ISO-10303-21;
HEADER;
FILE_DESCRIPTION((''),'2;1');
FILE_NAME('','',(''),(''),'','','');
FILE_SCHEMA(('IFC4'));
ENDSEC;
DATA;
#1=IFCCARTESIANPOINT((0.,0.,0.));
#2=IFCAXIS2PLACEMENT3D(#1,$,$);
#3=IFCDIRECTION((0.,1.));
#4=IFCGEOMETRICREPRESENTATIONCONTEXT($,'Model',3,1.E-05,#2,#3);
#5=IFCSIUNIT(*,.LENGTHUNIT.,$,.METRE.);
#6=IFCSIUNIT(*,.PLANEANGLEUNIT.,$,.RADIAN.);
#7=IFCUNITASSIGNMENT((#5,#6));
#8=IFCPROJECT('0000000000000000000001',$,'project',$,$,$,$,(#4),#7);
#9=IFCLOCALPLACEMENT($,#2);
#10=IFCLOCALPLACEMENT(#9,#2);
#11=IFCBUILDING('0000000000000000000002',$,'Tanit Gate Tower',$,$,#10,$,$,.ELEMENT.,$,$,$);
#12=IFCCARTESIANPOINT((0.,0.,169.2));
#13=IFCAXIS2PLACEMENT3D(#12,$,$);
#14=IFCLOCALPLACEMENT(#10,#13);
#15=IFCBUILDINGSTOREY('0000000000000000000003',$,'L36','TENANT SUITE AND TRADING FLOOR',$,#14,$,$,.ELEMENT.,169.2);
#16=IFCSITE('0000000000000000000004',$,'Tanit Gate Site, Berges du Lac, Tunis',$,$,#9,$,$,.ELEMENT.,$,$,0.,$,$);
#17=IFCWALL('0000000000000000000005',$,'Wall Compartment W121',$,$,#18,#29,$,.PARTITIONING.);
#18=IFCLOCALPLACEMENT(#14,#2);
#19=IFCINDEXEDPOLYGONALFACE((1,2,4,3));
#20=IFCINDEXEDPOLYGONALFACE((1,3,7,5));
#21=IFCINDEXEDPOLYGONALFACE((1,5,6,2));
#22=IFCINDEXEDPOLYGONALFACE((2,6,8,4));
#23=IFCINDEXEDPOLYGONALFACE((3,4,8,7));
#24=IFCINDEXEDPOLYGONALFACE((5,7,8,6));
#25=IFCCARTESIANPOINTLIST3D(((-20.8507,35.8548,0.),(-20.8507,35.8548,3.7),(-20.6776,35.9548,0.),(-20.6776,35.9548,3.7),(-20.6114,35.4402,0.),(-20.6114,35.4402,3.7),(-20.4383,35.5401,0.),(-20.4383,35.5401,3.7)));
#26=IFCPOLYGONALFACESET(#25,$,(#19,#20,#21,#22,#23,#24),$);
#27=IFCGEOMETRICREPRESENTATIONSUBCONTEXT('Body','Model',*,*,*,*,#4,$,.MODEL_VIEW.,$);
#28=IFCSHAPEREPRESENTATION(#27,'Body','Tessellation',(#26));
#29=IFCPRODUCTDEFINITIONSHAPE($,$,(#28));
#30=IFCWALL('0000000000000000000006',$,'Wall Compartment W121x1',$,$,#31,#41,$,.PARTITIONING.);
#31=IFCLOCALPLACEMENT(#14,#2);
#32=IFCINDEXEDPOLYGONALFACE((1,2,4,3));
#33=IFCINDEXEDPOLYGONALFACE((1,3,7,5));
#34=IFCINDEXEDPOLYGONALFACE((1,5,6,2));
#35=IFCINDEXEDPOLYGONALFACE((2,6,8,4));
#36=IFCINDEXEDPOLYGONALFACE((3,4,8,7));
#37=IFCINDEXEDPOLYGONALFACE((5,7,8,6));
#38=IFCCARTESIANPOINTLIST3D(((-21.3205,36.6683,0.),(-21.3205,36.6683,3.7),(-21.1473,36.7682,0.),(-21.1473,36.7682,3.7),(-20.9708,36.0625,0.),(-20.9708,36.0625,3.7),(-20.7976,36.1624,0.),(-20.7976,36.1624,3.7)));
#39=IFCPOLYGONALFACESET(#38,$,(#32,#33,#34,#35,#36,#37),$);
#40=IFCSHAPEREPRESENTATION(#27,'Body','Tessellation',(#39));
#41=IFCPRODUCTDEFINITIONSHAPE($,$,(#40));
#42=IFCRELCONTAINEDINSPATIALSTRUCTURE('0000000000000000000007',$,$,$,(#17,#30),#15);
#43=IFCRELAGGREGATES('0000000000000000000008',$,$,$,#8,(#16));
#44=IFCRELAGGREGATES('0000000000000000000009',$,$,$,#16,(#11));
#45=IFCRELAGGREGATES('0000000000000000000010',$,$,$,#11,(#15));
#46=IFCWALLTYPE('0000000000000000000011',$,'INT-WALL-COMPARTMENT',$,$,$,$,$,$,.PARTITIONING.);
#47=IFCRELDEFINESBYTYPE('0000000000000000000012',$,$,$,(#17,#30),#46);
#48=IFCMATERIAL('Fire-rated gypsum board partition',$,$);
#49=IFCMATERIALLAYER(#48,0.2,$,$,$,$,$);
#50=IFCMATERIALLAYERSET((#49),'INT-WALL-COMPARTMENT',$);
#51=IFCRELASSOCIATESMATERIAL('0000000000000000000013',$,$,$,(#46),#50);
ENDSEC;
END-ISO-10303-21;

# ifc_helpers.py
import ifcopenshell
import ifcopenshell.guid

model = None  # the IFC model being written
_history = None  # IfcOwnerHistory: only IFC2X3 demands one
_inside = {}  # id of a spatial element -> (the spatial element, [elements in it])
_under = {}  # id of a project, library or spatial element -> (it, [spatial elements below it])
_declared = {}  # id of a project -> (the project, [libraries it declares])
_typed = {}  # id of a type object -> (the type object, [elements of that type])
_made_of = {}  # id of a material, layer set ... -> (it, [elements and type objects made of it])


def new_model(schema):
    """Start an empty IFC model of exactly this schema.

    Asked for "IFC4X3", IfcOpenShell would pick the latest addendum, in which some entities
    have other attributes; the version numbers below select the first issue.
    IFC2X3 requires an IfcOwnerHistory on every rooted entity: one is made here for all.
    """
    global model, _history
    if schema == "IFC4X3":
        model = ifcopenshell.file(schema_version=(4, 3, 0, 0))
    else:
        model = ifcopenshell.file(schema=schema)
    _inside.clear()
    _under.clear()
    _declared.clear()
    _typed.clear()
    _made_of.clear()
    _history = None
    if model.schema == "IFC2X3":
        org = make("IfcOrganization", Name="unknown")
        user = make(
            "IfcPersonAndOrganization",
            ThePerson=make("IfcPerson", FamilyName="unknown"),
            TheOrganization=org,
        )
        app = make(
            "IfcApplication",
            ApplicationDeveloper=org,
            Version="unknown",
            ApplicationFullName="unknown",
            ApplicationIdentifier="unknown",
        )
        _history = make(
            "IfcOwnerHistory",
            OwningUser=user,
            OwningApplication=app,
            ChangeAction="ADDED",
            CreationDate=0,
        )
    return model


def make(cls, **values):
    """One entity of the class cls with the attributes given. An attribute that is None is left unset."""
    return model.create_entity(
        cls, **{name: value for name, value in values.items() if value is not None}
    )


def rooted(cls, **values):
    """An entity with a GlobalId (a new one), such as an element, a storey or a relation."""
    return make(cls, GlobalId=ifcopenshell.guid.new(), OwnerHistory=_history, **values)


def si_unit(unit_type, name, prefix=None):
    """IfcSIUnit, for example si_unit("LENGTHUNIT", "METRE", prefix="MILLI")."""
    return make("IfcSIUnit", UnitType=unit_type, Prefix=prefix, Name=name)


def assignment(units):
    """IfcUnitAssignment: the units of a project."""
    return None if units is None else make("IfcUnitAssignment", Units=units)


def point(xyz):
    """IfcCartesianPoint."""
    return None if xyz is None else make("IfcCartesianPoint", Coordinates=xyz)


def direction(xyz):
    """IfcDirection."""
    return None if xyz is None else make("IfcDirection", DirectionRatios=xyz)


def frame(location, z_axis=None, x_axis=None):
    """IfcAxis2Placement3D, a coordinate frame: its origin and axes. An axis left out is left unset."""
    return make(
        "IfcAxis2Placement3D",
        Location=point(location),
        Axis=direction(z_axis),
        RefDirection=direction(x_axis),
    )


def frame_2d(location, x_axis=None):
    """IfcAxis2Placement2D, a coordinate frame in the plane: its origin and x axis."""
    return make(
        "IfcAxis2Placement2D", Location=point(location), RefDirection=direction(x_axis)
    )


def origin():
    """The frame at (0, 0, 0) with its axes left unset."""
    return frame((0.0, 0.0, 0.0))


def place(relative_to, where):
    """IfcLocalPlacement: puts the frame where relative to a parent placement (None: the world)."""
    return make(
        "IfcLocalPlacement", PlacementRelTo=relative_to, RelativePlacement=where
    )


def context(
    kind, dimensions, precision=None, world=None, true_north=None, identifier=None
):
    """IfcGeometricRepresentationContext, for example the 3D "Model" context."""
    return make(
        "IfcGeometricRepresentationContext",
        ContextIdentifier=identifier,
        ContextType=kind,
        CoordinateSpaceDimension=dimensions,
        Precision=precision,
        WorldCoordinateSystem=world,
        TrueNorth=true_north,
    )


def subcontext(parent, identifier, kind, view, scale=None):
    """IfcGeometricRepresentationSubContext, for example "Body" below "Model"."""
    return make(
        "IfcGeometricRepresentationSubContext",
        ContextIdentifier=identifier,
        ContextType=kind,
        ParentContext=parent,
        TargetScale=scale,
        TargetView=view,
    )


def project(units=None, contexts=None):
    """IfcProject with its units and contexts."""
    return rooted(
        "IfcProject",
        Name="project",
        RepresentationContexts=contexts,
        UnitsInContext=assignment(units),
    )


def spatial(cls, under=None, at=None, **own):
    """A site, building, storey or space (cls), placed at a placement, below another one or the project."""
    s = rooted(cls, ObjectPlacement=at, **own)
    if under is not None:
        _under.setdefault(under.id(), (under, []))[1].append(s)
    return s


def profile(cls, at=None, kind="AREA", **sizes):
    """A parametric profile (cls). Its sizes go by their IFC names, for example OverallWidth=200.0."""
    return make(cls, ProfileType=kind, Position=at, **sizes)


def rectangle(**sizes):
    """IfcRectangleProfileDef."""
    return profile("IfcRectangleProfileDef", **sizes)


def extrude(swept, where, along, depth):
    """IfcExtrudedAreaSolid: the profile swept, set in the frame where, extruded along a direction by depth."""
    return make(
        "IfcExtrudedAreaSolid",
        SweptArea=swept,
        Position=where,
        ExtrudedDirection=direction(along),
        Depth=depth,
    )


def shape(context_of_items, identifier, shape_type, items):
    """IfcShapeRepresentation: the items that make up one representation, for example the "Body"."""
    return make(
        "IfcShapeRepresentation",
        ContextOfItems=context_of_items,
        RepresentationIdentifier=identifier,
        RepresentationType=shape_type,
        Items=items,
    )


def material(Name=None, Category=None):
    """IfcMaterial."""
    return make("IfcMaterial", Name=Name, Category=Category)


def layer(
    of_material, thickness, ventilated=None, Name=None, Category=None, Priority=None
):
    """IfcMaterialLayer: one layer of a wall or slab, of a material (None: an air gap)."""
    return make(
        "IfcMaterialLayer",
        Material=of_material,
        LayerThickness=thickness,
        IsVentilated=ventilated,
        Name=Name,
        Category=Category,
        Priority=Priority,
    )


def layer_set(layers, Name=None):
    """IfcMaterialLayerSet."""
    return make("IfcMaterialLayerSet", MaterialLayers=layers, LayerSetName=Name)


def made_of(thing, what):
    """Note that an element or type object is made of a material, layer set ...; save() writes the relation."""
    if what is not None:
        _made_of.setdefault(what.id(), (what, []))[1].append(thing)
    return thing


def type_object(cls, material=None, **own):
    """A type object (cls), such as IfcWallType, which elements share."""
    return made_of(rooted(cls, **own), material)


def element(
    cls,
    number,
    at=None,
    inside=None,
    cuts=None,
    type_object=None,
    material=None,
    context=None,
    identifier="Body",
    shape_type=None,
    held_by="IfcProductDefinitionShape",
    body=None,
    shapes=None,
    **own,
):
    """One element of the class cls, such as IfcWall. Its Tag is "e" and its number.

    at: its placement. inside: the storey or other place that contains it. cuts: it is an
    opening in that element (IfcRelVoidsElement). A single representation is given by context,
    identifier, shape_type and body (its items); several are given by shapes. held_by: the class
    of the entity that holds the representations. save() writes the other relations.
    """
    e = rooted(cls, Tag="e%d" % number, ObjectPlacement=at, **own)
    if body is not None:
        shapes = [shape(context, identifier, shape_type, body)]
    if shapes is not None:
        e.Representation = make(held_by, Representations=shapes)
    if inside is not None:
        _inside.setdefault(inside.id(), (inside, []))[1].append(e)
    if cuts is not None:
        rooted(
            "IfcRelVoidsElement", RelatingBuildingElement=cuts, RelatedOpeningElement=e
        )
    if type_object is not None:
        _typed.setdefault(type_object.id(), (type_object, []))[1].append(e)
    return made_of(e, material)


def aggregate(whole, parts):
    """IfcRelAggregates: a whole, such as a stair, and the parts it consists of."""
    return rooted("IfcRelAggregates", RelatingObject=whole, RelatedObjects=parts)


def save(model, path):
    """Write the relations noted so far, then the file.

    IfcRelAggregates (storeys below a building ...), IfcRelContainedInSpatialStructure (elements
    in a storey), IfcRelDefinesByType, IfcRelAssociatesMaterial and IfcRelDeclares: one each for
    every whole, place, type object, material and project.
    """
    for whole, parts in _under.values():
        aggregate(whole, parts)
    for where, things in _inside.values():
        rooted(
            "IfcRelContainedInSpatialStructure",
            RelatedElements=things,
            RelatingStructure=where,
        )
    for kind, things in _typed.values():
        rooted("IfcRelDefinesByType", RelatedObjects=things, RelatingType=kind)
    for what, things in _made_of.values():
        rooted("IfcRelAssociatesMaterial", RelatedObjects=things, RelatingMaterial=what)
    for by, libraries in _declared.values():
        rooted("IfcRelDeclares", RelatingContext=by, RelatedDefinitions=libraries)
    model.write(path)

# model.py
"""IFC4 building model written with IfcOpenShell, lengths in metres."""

from ifc_helpers import new_model, si_unit, direction, frame, frame_2d, origin, place, context, subcontext, project, spatial, rectangle, extrude, material, layer, layer_set, type_object, element, save


model = new_model("IFC4")

# Units and contexts
model_context = context("Model", 3, precision=1e-05, world=origin(), true_north=direction((0.0, 1.0)))
body_context = subcontext(model_context, "Body", "Model", "MODEL_VIEW")
ifc_project = project(units=[si_unit("LENGTHUNIT", "METRE"), si_unit("PLANEANGLEUNIT", "RADIAN")], contexts=[model_context])

# Site, building, storey
site_placement = place(None, origin())
site = spatial("IfcSite", under=ifc_project, at=site_placement, Name="Tanit Gate Site, Berges du Lac, Tunis", CompositionType="ELEMENT", RefElevation=0.0)
building_placement = place(site_placement, origin())
building = spatial("IfcBuilding", under=site, at=building_placement, Name="Tanit Gate Tower", CompositionType="ELEMENT")
storey_placement = place(building_placement, frame((0.0, 0.0, 169.2)))
storey = spatial("IfcBuildingStorey", under=building, at=storey_placement, Name="L36", Description="TENANT SUITE AND TRADING FLOOR", CompositionType="ELEMENT", Elevation=169.2)

# Walls
ifc_material_1 = material(Name="Fire-rated gypsum board partition")
ifc_layer_1 = layer(ifc_material_1, 0.2)
ifc_layer_set_1 = layer_set([ifc_layer_1], Name="INT-WALL-COMPARTMENT")
wall_type_1 = type_object("IfcWallType", Name="INT-WALL-COMPARTMENT", PredefinedType="PARTITIONING", material=ifc_layer_set_1)
wall_1_placement = place(storey_placement, frame((-20.5249, 35.4902, 0.0), z_axis=(0.0, 0.0, 1.0), x_axis=(-0.49987, 0.866101, 0.0)))
element("IfcWall", 1, at=wall_1_placement, inside=storey, type_object=wall_type_1, Name="Wall Compartment W121", PredefinedType="PARTITIONING", context=body_context, shape_type="SweptSolid", body=[
    extrude(rectangle(XDim=0.4788, YDim=0.2, at=frame_2d((0.2393, 0.0))), origin(), (0.0, 0.0, 1.0), 3.7),
])
wall_2_placement = place(storey_placement, frame((-20.8843, 36.1125, 0.0), z_axis=(0.0, 0.0, 1.0), x_axis=(-0.499894, 0.866087, 0.0)))
element("IfcWall", 2, at=wall_2_placement, inside=storey, type_object=wall_type_1, Name="Wall Compartment W121x1", PredefinedType="PARTITIONING", context=body_context, shape_type="SweptSolid", body=[
    extrude(rectangle(XDim=0.6995, YDim=0.2, at=frame_2d((0.3496, 0.0))), origin(), (0.0, 0.0, 1.0), 3.7),
])

save(model, "model.ifc")
